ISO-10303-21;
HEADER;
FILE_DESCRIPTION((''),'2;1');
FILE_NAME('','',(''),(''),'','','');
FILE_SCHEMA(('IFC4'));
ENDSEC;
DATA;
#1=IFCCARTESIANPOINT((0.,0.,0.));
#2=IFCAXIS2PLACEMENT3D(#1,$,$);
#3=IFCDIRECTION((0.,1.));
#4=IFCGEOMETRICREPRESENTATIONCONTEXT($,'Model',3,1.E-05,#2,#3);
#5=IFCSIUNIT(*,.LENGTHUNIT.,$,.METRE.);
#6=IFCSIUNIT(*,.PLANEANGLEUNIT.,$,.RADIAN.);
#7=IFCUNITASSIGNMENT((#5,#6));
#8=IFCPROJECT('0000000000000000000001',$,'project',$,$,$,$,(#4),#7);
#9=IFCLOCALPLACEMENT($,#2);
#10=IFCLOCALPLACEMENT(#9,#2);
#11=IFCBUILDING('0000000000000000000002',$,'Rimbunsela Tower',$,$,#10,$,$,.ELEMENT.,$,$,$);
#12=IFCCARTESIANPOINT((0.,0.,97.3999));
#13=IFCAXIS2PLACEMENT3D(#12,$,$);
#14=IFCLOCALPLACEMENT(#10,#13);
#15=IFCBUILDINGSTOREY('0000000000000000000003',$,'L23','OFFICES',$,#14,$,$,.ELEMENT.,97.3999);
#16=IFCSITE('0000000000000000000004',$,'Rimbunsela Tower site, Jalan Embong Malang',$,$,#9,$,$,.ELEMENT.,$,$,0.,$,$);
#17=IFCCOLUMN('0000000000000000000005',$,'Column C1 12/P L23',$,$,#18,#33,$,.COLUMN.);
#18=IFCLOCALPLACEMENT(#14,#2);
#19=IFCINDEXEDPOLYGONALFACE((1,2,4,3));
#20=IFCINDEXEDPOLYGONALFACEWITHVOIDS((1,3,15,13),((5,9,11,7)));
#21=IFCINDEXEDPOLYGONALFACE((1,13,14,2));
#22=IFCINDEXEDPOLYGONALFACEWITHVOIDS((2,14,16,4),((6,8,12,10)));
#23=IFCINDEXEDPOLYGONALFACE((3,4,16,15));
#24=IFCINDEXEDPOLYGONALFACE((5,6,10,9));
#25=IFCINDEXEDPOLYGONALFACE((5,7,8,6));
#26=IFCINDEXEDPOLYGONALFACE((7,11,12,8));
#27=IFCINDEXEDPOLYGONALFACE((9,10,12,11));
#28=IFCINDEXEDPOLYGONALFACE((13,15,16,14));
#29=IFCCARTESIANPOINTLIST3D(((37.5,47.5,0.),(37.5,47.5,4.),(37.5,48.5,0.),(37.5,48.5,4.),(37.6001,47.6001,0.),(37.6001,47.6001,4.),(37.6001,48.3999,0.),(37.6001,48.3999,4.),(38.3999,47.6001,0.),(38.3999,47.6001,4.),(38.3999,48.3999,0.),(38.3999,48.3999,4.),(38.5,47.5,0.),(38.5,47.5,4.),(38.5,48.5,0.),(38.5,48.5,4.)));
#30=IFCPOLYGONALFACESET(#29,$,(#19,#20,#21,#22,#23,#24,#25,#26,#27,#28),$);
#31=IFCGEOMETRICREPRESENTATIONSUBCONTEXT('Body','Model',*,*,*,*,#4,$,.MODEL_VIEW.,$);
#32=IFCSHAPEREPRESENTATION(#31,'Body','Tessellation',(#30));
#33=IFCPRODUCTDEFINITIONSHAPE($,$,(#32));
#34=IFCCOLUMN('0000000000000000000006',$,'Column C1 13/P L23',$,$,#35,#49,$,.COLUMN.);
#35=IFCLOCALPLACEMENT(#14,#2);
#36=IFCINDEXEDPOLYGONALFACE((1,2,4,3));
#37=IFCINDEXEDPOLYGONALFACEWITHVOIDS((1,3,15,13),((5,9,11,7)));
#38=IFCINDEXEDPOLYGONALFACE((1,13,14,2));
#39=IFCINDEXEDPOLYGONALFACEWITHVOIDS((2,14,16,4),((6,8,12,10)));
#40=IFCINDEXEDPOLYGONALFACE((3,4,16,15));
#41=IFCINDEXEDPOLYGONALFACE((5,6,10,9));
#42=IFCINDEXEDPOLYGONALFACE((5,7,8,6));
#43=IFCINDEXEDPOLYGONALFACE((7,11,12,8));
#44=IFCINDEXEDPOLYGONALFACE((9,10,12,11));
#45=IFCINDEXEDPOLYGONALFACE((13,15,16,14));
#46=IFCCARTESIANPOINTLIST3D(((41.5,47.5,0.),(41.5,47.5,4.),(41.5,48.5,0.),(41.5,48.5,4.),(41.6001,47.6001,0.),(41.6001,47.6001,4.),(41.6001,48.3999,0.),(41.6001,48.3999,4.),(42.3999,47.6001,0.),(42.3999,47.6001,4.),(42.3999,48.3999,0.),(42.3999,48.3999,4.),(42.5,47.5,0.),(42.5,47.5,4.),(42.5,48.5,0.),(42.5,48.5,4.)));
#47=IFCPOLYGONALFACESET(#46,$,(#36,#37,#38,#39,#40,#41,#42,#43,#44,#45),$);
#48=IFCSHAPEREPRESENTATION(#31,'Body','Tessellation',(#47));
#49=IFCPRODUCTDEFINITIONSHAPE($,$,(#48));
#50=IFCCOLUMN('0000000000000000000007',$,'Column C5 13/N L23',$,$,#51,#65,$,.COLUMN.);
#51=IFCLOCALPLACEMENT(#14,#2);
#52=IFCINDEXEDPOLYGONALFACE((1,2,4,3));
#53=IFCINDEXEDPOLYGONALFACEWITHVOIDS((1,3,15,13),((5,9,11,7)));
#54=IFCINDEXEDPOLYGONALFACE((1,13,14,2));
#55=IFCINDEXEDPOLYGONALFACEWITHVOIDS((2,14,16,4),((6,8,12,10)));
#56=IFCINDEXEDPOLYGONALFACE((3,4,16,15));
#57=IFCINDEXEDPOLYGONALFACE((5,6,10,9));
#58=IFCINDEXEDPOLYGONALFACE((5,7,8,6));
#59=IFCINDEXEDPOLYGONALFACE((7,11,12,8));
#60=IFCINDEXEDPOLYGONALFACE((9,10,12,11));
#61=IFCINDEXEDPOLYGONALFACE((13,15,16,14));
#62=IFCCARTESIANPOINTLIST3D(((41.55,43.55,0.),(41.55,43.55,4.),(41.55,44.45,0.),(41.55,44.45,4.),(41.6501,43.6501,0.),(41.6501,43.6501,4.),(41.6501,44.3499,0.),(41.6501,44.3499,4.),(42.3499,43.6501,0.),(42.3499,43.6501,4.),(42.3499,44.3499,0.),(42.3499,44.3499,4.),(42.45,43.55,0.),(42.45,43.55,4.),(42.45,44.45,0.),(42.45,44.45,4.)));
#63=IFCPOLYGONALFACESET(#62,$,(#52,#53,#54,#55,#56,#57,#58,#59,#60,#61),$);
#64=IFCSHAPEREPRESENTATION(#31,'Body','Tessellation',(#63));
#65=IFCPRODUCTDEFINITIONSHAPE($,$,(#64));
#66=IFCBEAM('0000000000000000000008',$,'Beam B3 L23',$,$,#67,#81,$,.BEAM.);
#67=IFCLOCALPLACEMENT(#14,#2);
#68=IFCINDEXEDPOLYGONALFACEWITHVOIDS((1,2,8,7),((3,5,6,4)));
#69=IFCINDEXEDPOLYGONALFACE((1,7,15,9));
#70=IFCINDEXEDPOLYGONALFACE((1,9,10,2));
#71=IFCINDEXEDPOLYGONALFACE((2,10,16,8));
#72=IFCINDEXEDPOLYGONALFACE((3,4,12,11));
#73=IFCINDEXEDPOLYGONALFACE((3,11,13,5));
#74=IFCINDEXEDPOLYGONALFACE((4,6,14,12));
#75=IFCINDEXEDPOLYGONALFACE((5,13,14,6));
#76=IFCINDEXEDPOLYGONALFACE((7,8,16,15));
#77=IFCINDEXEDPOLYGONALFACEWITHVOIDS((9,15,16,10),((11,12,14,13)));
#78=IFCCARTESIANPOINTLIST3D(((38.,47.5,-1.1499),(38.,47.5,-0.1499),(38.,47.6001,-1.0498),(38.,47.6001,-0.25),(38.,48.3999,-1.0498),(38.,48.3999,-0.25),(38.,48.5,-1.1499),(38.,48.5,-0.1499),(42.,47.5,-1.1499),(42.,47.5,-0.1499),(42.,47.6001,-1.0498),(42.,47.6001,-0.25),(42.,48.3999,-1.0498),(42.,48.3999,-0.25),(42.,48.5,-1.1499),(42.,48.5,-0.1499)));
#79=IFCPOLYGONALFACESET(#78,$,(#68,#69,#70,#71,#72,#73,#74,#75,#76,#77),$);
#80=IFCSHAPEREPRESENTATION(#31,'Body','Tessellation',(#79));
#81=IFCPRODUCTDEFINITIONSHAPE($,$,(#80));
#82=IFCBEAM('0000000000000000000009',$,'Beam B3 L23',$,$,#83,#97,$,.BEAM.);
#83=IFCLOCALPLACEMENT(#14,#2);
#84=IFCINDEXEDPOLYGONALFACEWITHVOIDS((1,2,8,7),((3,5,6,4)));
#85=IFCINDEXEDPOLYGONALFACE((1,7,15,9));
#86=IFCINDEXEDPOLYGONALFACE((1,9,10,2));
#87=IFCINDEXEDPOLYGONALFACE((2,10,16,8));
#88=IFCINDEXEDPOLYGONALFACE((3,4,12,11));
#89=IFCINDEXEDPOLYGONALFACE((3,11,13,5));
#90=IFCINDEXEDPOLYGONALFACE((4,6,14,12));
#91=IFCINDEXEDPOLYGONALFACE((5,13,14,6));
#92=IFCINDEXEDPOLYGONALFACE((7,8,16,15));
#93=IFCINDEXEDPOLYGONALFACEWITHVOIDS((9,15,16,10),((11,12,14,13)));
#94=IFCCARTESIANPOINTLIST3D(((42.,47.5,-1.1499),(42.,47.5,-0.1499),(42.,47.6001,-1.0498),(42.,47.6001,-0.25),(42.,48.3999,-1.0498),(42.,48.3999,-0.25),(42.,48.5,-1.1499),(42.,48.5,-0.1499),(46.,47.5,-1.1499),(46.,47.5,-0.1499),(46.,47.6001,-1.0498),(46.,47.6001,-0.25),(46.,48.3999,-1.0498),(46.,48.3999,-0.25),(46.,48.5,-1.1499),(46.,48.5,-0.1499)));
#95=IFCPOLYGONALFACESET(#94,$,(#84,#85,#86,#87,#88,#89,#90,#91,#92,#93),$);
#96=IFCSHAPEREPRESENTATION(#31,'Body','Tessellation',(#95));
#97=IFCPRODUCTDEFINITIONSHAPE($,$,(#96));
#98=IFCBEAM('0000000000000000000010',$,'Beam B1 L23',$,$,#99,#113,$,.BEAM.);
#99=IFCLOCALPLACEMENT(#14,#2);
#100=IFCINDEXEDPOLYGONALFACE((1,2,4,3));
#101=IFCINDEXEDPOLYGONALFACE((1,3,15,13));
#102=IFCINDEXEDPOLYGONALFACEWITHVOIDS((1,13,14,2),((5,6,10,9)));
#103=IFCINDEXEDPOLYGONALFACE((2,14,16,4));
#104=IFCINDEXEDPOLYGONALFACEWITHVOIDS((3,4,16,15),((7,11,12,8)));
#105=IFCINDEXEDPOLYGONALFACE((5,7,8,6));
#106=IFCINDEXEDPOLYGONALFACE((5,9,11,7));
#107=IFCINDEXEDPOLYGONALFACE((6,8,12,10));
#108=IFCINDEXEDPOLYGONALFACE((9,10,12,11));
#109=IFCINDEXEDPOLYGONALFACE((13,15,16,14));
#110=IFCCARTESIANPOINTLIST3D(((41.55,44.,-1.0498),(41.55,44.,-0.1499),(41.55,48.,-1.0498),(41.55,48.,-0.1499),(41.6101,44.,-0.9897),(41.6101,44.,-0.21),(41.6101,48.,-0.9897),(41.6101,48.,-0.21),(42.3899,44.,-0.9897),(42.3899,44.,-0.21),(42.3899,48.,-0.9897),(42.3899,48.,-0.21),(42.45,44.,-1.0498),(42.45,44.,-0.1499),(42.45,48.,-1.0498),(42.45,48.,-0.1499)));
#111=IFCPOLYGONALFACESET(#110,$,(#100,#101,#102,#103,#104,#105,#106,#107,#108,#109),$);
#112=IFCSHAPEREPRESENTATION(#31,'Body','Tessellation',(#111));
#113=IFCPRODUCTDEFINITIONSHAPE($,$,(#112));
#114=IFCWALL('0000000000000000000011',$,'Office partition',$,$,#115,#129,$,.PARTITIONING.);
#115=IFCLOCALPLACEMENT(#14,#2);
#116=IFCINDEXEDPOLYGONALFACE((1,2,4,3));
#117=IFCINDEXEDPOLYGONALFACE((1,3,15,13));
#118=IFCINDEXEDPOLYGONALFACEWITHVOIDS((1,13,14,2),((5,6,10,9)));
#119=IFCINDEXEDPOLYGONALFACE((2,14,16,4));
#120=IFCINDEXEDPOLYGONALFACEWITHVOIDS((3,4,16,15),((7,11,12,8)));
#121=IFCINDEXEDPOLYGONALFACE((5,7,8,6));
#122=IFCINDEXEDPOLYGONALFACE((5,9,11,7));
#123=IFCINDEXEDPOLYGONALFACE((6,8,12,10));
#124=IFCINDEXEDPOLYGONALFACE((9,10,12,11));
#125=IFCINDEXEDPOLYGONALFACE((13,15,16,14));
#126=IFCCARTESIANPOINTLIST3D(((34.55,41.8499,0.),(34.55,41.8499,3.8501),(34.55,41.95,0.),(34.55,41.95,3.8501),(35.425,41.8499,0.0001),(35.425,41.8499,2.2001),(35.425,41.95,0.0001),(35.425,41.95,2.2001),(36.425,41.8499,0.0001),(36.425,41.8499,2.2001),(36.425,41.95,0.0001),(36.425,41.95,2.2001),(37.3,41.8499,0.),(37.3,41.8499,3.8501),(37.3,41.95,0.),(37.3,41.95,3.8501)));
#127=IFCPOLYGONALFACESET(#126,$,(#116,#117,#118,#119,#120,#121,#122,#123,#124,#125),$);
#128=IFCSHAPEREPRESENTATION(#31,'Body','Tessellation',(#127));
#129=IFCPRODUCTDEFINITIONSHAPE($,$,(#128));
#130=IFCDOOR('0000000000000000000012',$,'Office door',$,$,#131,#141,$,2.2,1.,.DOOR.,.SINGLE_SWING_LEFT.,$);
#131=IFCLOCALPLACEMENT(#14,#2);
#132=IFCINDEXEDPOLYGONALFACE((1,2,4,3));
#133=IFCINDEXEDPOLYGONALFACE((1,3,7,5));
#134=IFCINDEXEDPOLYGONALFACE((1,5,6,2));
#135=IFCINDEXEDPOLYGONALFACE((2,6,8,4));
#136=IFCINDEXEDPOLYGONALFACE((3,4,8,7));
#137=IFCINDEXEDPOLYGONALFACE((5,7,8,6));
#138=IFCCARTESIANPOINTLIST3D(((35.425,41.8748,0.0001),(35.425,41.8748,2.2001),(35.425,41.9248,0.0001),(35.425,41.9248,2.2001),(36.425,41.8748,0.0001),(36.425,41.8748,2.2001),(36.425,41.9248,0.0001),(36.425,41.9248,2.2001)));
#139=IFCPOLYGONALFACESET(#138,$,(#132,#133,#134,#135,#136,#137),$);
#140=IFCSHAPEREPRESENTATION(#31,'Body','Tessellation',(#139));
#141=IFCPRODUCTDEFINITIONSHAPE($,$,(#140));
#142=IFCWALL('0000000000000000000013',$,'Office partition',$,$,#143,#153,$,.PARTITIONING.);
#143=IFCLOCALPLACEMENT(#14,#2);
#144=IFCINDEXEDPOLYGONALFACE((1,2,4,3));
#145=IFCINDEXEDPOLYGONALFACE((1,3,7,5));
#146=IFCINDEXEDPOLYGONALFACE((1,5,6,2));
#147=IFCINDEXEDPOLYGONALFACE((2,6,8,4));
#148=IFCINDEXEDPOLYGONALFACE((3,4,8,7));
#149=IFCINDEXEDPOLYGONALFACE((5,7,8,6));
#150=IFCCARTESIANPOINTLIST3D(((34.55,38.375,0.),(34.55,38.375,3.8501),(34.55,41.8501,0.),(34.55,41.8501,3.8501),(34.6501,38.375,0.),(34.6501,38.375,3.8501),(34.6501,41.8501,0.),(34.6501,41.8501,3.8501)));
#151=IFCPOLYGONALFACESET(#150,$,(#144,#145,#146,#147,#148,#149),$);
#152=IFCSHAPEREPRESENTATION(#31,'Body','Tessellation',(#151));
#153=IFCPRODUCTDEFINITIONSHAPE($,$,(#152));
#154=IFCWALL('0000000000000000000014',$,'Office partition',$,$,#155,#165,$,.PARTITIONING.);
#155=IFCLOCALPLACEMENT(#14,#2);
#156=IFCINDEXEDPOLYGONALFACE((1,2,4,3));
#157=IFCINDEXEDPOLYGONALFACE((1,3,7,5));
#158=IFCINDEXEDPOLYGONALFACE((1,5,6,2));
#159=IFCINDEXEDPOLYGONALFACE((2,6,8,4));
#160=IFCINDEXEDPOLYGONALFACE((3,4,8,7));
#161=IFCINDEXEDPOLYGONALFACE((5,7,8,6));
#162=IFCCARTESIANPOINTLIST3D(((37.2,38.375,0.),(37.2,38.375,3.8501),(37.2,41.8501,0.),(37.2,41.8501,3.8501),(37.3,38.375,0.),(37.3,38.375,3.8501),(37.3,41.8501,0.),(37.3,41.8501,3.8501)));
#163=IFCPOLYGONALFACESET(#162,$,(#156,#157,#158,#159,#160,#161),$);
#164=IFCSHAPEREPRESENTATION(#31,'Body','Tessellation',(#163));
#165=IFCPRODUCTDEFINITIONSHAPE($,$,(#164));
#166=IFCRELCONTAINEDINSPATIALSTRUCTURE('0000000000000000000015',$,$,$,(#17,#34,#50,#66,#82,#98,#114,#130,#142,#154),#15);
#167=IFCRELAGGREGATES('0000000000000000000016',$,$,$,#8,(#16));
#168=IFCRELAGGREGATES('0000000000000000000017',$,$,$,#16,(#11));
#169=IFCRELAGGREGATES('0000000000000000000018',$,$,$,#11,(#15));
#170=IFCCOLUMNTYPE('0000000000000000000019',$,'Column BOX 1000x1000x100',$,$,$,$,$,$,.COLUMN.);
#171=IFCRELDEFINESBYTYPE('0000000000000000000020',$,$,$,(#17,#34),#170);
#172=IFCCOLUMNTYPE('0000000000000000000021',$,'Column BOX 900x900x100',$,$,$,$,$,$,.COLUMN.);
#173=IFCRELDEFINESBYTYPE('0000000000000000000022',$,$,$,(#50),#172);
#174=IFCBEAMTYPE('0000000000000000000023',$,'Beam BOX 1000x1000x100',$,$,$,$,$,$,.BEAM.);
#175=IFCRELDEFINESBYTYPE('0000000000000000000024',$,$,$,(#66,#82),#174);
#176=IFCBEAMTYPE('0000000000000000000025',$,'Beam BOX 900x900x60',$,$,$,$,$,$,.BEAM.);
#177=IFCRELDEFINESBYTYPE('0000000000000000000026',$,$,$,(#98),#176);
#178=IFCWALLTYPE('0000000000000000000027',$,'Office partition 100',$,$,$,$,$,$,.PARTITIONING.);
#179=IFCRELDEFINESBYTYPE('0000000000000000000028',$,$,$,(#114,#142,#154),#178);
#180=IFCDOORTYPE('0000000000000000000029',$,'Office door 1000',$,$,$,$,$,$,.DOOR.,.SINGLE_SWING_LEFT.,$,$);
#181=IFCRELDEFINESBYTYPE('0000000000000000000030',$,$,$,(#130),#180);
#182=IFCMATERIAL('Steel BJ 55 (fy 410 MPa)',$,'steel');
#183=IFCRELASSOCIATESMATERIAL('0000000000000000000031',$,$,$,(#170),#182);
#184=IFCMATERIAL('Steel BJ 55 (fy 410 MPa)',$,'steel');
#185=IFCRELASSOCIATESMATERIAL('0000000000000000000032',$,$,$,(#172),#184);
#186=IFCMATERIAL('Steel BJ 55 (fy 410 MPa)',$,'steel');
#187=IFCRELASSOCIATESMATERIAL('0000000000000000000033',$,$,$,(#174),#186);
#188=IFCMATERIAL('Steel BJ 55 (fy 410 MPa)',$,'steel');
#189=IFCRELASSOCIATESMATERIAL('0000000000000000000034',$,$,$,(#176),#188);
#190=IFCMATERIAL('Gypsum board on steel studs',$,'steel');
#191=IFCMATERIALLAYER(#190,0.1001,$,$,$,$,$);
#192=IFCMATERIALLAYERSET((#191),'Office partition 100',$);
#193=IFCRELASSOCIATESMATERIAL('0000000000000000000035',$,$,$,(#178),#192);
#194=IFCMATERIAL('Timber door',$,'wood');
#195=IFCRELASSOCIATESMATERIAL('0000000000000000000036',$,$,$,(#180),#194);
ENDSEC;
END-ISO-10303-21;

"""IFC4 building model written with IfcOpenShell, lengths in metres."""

from ifc_helpers import new_model, si_unit, direction, frame, frame_2d, origin, origin_2d, place, context, subcontext, project, spatial, rectangle, hollow_rectangle, extrude, material, layer, layer_set, material_profile, profile_set, type_object, element, fill, save


model = new_model("IFC4")

# Units and contexts
model_context = context("Model", 3, precision=1e-05, world=origin(), true_north=direction((0.0, 1.0)))
body_context = subcontext(model_context, "Body", "Model", "MODEL_VIEW")
ifc_project = project(units=[si_unit("LENGTHUNIT", "METRE"), si_unit("PLANEANGLEUNIT", "RADIAN")], contexts=[model_context])

# Site, building, storey
site_placement = place(None, origin())
site = spatial("IfcSite", under=ifc_project, at=site_placement, Name="Rimbunsela Tower site, Jalan Embong Malang", CompositionType="ELEMENT", RefElevation=0.0)
building_placement = place(site_placement, origin())
building = spatial("IfcBuilding", under=site, at=building_placement, Name="Rimbunsela Tower", CompositionType="ELEMENT")
storey_placement = place(building_placement, frame((0.0, 0.0, 97.3999)))
storey = spatial("IfcBuildingStorey", under=building, at=storey_placement, Name="L23", Description="OFFICES", CompositionType="ELEMENT", Elevation=97.3999)

# Columns
ifc_material_1 = material(Name="Steel BJ 55 (fy 410 MPa)", Category="steel")
ifc_material_profile_1 = material_profile(ifc_material_1, hollow_rectangle(XDim=1.0, YDim=1.0, WallThickness=0.1001, at=origin_2d()), Name="BOX 1000x1000x100")
ifc_profile_set_1 = profile_set([ifc_material_profile_1], Name="Steel BJ 55 (fy 410 MPa)")
column_type_1 = type_object("IfcColumnType", Name="Column BOX 1000x1000x100", PredefinedType="COLUMN", material=ifc_profile_set_1)
for number, where, z_axis, x_axis, name in (
    (1, (38.0, 48.0, 0.0), (0.0, 0.0, 1.0), (1.0, 0.0, 0.0), "Column C1 12/P L23"),
    (2, (42.0, 48.0, 0.0), (0.0, 0.0, 1.0), (1.0, 0.0, 0.0), "Column C1 13/P L23"),
):
    element("IfcColumn", number, at=place(storey_placement, frame(where, z_axis=z_axis, x_axis=x_axis)), inside=storey, type_object=column_type_1, Name=name, PredefinedType="COLUMN", context=body_context, shape_type="SweptSolid", body=[
        extrude(hollow_rectangle(XDim=1.0, YDim=1.0, WallThickness=0.1001, at=origin_2d()), origin(), (0.0, 0.0, 1.0), 4.0),
    ])
ifc_material_2 = material(Name="Steel BJ 55 (fy 410 MPa)", Category="steel")
ifc_material_profile_2 = material_profile(ifc_material_2, hollow_rectangle(XDim=0.8999, YDim=0.8999, WallThickness=0.1001, at=origin_2d()), Name="BOX 900x900x100")
ifc_profile_set_2 = profile_set([ifc_material_profile_2], Name="Steel BJ 55 (fy 410 MPa)")
column_type_2 = type_object("IfcColumnType", Name="Column BOX 900x900x100", PredefinedType="COLUMN", material=ifc_profile_set_2)
column_placement = place(storey_placement, frame((42.0, 44.0, 0.0), z_axis=(0.0, 0.0, 1.0), x_axis=(1.0, 0.0, 0.0)))
element("IfcColumn", 3, at=column_placement, inside=storey, type_object=column_type_2, Name="Column C5 13/N L23", PredefinedType="COLUMN", context=body_context, shape_type="SweptSolid", body=[
    extrude(hollow_rectangle(XDim=0.8999, YDim=0.8999, WallThickness=0.1001, at=origin_2d()), origin(), (0.0, 0.0, 1.0), 4.0),
])

# Beams
ifc_material_3 = material(Name="Steel BJ 55 (fy 410 MPa)", Category="steel")
ifc_material_profile_3 = material_profile(ifc_material_3, hollow_rectangle(XDim=1.0, YDim=1.0, WallThickness=0.1001, at=origin_2d()), Name="BOX 1000x1000x100")
ifc_profile_set_3 = profile_set([ifc_material_profile_3], Name="Steel BJ 55 (fy 410 MPa)")
beam_type_1 = type_object("IfcBeamType", Name="Beam BOX 1000x1000x100", PredefinedType="BEAM", material=ifc_profile_set_3)
for number, where, z_axis, x_axis, name in (
    (4, (38.0, 48.0, -0.6499), (1.0, 0.0, 0.0), (0.0, 1.0, 0.0), "Beam B3 L23"),
    (5, (42.0, 48.0, -0.6499), (1.0, 0.0, 0.0), (0.0, 1.0, 0.0), "Beam B3 L23"),
):
    element("IfcBeam", number, at=place(storey_placement, frame(where, z_axis=z_axis, x_axis=x_axis)), inside=storey, type_object=beam_type_1, Name=name, PredefinedType="BEAM", context=body_context, shape_type="SweptSolid", body=[
        extrude(hollow_rectangle(XDim=1.0, YDim=1.0, WallThickness=0.1001, at=origin_2d()), origin(), (0.0, 0.0, 1.0), 4.0),
    ])
ifc_material_4 = material(Name="Steel BJ 55 (fy 410 MPa)", Category="steel")
ifc_material_profile_4 = material_profile(ifc_material_4, hollow_rectangle(XDim=0.8999, YDim=0.8999, WallThickness=0.0601, at=origin_2d()), Name="BOX 900x900x60")
ifc_profile_set_4 = profile_set([ifc_material_profile_4], Name="Steel BJ 55 (fy 410 MPa)")
beam_type_2 = type_object("IfcBeamType", Name="Beam BOX 900x900x60", PredefinedType="BEAM", material=ifc_profile_set_4)
beam_placement = place(storey_placement, frame((42.0, 44.0, -0.5999), z_axis=(0.0, 1.0, 0.0), x_axis=(-1.0, 0.0, 0.0)))
element("IfcBeam", 6, at=beam_placement, inside=storey, type_object=beam_type_2, Name="Beam B1 L23", PredefinedType="BEAM", context=body_context, shape_type="SweptSolid", body=[
    extrude(hollow_rectangle(XDim=0.8999, YDim=0.8999, WallThickness=0.0601, at=origin_2d()), origin(), (0.0, 0.0, 1.0), 4.0),
])

# Wall, opening, door
ifc_material_5 = material(Name="Gypsum board on steel studs", Category="steel")
ifc_layer_1 = layer(ifc_material_5, 0.1001)
ifc_layer_set_1 = layer_set([ifc_layer_1], Name="Office partition 100")
wall_type_1 = type_object("IfcWallType", Name="Office partition 100", PredefinedType="PARTITIONING", material=ifc_layer_set_1)
wall_1_placement = place(storey_placement, frame((34.55, 41.8999, 0.0), z_axis=(0.0, 0.0, 1.0), x_axis=(1.0, 0.0, 0.0)))
wall_1 = element("IfcWall", 7, at=wall_1_placement, inside=storey, type_object=wall_type_1, Name="Office partition", PredefinedType="PARTITIONING", context=body_context, shape_type="SweptSolid", body=[
    extrude(rectangle(XDim=2.75, YDim=0.1001, at=frame_2d((1.375, 0.0))), origin(), (0.0, 0.0, 1.0), 3.8501),
])
opening_1_placement = place(wall_1_placement, frame((0.875, 0.0, 0.0)))
opening_1 = element("IfcOpeningElement", 8, at=opening_1_placement, cuts=wall_1, PredefinedType="OPENING", context=body_context, shape_type="SweptSolid", body=[
    extrude(rectangle(XDim=1.0, YDim=2.2, at=frame_2d((0.5, 1.1001))), frame((0.0, 0.0601, 0.0), z_axis=(0.0, -1.0, 0.0), x_axis=(1.0, 0.0, 0.0)), (0.0, 0.0, 1.0), 0.1201),
])
ifc_material_6 = material(Name="Timber door", Category="wood")
door_type = type_object("IfcDoorType", Name="Office door 1000", OperationType="SINGLE_SWING_LEFT", PredefinedType="DOOR", material=ifc_material_6)
door_placement = place(opening_1_placement, origin())
door = element("IfcDoor", 9, at=door_placement, inside=storey, type_object=door_type, Name="Office door", OperationType="SINGLE_SWING_LEFT", OverallHeight=2.2, OverallWidth=1.0, PredefinedType="DOOR", context=body_context, shape_type="SweptSolid", body=[
    extrude(rectangle(XDim=1.0, YDim=2.2, at=frame_2d((0.5, 1.1001))), frame((0.0, 0.0249, 0.0), z_axis=(0.0, -1.0, 0.0), x_axis=(1.0, 0.0, 0.0)), (0.0, 0.0, 1.0), 0.05),
])
fill(opening_1, door)

# Walls
for number, where, z_axis, x_axis, name in (
    (10, (34.6001, 38.375, 0.0), (0.0, 0.0, 1.0), (0.0, 1.0, 0.0), "Office partition"),
    (11, (37.25, 38.375, 0.0), (0.0, 0.0, 1.0), (0.0, 1.0, 0.0), "Office partition"),
):
    element("IfcWall", number, at=place(storey_placement, frame(where, z_axis=z_axis, x_axis=x_axis)), inside=storey, type_object=wall_type_1, Name=name, PredefinedType="PARTITIONING", context=body_context, shape_type="SweptSolid", body=[
        extrude(rectangle(XDim=3.4751, YDim=0.1001, at=frame_2d((1.7375, 0.0))), origin(), (0.0, 0.0, 1.0), 3.8501),
    ])

save(model, "model.ifc")
